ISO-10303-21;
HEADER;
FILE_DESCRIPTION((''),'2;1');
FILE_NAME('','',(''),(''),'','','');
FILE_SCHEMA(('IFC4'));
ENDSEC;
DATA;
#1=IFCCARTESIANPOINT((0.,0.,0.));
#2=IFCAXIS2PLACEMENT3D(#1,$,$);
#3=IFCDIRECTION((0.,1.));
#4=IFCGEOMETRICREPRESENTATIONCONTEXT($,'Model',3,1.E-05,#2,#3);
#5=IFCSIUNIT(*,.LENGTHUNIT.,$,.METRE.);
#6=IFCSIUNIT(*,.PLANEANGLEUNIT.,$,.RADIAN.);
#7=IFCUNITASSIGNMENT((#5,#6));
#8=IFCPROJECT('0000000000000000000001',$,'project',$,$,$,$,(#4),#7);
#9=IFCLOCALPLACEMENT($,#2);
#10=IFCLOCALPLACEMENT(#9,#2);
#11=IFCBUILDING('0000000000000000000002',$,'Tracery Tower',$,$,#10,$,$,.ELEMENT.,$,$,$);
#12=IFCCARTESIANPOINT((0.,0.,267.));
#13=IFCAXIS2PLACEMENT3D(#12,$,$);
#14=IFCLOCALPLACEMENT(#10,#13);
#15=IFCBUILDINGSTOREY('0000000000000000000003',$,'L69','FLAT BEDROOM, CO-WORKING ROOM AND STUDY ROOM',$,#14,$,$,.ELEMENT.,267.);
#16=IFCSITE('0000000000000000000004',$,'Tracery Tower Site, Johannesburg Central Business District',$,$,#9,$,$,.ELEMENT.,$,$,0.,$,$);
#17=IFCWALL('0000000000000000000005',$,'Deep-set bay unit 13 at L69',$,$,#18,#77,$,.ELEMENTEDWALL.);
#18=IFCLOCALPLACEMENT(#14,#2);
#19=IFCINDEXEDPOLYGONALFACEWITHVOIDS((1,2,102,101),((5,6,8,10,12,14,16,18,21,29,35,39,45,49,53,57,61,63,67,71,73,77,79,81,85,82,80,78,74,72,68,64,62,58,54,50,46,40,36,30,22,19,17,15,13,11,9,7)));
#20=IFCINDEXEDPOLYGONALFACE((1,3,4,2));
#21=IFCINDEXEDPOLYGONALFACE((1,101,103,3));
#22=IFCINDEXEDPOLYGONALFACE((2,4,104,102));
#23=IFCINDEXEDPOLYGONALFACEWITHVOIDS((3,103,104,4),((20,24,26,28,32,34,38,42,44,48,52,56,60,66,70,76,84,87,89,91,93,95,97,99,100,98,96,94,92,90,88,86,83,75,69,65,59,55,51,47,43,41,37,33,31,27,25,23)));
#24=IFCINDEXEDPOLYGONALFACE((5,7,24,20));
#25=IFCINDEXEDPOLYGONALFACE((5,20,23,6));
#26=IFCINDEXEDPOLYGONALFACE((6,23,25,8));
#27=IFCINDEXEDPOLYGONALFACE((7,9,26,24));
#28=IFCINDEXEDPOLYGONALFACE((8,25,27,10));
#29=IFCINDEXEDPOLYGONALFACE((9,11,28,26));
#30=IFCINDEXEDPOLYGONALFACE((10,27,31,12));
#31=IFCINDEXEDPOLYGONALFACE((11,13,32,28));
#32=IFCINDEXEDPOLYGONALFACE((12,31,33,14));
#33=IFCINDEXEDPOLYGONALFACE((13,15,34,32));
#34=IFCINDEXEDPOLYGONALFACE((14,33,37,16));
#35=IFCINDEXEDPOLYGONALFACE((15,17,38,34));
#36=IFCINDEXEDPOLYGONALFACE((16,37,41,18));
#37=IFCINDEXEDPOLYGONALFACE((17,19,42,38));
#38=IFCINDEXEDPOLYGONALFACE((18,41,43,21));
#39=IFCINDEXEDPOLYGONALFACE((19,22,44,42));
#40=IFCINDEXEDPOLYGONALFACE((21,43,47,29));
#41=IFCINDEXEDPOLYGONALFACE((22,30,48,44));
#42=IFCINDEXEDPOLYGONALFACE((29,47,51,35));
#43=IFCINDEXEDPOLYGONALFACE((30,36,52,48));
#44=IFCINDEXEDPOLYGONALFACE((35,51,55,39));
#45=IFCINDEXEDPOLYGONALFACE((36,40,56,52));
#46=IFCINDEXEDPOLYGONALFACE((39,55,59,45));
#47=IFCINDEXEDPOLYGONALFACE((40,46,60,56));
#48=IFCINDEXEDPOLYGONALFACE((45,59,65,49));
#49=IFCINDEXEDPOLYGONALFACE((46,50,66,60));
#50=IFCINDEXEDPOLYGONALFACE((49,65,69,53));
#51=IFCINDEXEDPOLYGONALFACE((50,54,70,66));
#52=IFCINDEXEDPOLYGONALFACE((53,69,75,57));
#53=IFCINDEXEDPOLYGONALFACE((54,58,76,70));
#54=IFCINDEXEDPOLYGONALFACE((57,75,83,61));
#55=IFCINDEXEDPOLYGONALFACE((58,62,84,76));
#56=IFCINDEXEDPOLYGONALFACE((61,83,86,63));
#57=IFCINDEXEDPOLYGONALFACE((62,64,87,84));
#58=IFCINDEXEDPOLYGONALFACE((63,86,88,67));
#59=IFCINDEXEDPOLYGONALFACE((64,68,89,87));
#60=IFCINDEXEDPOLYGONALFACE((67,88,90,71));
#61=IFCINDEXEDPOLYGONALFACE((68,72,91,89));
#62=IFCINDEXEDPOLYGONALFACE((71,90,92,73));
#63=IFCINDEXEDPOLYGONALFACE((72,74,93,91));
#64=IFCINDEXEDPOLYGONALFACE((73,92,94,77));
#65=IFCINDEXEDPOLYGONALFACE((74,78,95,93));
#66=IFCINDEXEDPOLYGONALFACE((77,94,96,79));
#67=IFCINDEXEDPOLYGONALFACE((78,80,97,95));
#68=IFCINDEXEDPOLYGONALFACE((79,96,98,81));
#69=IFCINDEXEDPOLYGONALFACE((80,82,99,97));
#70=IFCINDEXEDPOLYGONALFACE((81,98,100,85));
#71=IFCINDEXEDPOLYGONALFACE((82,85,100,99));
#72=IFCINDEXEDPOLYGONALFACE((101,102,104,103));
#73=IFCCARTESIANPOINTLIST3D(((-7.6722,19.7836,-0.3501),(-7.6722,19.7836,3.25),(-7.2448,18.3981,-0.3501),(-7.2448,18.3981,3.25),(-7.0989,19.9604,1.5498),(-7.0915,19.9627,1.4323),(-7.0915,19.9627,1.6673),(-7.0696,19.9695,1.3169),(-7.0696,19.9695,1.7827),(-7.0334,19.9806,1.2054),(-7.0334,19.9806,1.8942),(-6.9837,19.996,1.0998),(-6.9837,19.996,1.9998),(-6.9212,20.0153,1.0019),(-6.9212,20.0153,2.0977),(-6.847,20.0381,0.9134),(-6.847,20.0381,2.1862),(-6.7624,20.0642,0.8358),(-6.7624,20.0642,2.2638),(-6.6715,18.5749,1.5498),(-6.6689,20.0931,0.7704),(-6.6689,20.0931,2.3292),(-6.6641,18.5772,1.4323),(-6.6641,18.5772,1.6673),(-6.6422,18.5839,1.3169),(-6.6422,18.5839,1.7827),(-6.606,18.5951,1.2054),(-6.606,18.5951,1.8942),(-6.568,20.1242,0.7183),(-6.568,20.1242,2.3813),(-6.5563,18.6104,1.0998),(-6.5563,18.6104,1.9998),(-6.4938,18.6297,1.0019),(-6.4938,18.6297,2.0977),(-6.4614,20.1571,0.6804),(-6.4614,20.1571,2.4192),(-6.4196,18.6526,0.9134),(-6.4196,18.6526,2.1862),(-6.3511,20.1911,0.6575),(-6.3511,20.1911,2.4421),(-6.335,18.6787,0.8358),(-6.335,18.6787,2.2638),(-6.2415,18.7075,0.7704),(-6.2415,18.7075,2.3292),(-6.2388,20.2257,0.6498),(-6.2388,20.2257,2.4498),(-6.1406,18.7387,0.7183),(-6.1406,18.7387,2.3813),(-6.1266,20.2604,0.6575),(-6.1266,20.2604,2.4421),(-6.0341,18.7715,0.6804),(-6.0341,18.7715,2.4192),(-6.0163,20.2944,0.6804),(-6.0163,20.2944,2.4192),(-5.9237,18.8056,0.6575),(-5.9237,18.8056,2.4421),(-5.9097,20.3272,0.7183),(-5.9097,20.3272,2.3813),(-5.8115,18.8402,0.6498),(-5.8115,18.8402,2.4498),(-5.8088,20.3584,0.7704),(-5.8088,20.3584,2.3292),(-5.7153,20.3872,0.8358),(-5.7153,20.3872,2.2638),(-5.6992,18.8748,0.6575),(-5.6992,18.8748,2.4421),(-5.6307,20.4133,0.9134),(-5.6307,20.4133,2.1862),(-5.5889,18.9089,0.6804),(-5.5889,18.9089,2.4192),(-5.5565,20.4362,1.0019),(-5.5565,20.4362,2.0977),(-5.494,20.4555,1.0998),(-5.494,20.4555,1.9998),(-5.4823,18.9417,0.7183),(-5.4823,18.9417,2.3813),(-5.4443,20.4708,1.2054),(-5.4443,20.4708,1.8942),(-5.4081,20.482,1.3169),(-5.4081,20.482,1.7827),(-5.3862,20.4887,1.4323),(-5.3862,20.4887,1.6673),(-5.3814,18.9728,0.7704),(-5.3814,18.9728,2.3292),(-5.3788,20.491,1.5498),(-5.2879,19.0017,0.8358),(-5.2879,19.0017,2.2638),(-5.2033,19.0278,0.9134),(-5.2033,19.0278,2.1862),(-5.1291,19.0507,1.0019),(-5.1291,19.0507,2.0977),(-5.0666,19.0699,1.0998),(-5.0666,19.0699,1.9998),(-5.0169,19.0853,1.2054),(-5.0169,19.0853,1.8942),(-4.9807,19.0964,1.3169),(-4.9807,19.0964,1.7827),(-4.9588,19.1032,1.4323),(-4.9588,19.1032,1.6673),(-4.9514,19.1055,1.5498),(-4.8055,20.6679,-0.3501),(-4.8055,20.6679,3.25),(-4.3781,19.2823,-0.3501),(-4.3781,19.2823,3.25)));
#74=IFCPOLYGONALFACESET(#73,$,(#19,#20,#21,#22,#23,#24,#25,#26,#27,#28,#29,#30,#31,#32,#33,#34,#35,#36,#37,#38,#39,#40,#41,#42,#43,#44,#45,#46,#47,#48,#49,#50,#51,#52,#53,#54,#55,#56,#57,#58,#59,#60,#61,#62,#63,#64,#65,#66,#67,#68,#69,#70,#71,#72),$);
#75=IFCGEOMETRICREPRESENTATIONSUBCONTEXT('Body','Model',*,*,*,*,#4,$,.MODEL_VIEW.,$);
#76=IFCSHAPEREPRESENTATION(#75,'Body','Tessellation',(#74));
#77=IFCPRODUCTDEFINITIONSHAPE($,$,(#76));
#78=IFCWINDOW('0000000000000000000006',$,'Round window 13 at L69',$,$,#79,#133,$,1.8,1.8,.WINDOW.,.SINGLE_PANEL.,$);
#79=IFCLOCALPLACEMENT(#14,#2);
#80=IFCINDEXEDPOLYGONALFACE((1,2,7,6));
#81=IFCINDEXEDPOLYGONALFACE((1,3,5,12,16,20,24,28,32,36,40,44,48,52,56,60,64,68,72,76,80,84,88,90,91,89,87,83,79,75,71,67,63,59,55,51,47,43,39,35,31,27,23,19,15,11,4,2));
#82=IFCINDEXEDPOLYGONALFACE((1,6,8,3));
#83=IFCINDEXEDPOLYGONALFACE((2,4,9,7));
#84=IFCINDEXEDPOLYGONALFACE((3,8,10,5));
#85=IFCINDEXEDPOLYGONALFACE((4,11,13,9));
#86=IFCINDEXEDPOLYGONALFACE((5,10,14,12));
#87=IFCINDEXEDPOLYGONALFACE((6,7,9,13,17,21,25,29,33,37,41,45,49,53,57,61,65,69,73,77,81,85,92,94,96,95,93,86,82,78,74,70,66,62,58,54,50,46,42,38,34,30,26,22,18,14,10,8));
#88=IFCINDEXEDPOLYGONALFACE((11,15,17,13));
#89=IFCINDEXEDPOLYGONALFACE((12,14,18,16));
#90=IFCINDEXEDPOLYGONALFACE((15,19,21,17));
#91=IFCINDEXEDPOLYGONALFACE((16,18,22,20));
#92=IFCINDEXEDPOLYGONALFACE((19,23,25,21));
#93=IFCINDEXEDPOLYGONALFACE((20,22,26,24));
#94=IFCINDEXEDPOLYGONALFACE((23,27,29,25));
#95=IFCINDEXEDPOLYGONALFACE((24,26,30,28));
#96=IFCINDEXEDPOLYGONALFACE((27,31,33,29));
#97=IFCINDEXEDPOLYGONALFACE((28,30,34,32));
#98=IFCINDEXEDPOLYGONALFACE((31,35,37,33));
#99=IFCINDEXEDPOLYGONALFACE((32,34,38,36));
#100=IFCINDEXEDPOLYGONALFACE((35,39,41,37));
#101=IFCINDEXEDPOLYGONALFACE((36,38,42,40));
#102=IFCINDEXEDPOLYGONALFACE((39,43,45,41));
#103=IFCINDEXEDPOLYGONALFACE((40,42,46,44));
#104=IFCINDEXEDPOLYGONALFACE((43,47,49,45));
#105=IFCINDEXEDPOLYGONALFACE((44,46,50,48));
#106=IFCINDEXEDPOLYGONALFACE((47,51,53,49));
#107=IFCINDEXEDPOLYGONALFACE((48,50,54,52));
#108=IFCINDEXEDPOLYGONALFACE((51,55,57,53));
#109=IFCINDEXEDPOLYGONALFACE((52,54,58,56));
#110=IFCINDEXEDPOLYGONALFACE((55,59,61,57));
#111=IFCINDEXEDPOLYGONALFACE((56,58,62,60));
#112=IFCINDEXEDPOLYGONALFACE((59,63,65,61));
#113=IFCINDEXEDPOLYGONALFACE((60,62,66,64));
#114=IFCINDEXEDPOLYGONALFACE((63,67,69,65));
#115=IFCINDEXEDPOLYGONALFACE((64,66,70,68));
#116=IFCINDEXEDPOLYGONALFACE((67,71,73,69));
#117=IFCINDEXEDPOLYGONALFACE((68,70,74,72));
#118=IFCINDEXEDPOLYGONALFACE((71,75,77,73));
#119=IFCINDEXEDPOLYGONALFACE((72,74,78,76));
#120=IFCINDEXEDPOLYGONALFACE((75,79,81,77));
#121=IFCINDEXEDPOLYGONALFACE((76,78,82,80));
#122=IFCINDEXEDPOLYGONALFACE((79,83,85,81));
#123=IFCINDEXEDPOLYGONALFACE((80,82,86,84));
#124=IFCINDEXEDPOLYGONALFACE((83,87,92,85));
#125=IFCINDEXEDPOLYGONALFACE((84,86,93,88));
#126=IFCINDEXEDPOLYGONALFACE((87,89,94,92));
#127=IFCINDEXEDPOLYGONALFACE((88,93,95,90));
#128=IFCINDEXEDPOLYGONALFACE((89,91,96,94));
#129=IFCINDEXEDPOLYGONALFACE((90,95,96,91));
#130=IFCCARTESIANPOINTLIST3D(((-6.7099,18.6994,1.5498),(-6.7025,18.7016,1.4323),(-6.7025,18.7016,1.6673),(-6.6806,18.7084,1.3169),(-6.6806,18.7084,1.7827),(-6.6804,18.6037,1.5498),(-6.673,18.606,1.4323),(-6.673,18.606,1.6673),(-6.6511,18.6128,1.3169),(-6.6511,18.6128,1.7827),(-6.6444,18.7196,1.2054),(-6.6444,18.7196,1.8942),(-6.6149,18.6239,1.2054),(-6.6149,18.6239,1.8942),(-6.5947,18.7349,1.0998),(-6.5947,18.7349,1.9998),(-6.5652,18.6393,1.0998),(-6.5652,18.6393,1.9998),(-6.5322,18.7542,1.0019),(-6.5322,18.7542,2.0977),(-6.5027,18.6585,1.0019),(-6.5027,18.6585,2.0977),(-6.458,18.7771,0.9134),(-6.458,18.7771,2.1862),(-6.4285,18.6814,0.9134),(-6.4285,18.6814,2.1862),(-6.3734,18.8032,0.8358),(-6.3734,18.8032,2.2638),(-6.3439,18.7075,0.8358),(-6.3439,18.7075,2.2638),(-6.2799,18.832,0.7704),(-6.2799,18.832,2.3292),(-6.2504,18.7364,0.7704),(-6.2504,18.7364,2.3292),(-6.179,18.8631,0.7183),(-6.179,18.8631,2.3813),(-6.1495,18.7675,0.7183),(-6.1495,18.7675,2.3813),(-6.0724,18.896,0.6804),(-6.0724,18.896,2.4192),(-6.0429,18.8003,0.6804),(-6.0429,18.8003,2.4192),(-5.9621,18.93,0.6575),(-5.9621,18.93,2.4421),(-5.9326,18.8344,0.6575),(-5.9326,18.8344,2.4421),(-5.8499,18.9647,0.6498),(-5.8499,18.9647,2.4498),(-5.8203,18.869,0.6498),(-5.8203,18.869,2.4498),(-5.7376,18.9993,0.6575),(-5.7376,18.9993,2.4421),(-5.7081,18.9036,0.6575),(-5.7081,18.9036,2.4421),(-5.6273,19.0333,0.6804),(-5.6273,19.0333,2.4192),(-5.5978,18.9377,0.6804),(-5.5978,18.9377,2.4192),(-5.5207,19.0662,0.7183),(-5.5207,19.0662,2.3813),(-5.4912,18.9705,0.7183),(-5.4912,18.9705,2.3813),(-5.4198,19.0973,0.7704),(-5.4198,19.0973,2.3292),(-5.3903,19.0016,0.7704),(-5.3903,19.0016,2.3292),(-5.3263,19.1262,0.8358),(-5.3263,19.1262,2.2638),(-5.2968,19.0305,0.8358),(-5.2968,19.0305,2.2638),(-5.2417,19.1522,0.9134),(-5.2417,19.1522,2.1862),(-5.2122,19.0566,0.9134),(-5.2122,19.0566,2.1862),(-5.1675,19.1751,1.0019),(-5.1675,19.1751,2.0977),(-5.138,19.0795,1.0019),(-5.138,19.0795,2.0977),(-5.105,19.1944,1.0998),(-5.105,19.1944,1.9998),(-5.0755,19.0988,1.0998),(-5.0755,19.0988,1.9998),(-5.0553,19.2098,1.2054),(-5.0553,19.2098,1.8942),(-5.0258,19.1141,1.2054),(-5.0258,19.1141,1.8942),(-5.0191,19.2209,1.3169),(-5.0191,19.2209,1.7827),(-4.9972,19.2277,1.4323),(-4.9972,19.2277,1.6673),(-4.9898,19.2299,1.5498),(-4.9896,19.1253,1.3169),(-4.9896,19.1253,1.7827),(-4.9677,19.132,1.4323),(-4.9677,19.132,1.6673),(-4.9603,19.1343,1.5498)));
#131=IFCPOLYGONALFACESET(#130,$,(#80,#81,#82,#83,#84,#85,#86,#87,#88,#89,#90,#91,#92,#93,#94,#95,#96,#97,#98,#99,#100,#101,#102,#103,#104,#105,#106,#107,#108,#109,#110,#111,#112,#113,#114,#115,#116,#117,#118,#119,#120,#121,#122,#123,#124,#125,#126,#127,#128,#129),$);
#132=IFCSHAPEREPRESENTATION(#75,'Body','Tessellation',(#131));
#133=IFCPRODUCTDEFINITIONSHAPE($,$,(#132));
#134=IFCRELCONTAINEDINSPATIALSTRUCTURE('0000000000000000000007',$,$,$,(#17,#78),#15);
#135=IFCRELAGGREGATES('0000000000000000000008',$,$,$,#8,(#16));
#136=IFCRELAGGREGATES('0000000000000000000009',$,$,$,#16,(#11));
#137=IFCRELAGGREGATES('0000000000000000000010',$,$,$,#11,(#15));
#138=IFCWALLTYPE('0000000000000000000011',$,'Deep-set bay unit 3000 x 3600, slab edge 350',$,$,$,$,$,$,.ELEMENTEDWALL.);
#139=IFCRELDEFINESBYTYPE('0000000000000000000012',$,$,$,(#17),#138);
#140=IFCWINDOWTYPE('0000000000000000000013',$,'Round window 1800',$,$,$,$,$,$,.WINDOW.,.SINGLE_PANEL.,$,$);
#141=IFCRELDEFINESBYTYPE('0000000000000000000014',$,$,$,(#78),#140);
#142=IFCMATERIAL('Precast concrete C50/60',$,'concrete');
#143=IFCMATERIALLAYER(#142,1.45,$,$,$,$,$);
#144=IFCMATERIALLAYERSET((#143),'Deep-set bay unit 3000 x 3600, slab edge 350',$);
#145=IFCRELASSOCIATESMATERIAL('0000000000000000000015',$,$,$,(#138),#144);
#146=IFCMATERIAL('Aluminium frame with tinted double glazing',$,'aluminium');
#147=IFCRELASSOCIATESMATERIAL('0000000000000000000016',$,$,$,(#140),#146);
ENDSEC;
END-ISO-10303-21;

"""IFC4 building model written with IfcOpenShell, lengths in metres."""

from ifc_helpers import new_model, si_unit, direction, frame, frame_2d, origin, origin_2d, place, context, subcontext, project, spatial, rectangle, circle, extrude, material, layer, layer_set, type_object, element, fill, save


model = new_model("IFC4")

# Units and contexts
model_context = context("Model", 3, precision=1e-05, world=origin(), true_north=direction((0.0, 1.0)))
body_context = subcontext(model_context, "Body", "Model", "MODEL_VIEW")
ifc_project = project(units=[si_unit("LENGTHUNIT", "METRE"), si_unit("PLANEANGLEUNIT", "RADIAN")], contexts=[model_context])

# Site, building, storey
site_placement = place(None, origin())
site = spatial("IfcSite", under=ifc_project, at=site_placement, Name="Tracery Tower Site, Johannesburg Central Business District", CompositionType="ELEMENT", RefElevation=0.0)
building_placement = place(site_placement, origin())
building = spatial("IfcBuilding", under=site, at=building_placement, Name="Tracery Tower", CompositionType="ELEMENT")
storey_placement = place(building_placement, frame((0.0, 0.0, 267.0)))
storey = spatial("IfcBuildingStorey", under=building, at=storey_placement, Name="L69", Description="FLAT BEDROOM, CO-WORKING ROOM AND STUDY ROOM", CompositionType="ELEMENT", Elevation=267.0)

# Wall, opening, window
ifc_material_1 = material(Name="Precast concrete C50/60", Category="concrete")
ifc_layer_1 = layer(ifc_material_1, 1.45)
ifc_layer_set_1 = layer_set([ifc_layer_1], Name="Deep-set bay unit 3000 x 3600, slab edge 350")
wall_type_1 = type_object("IfcWallType", Name="Deep-set bay unit 3000 x 3600, slab edge 350", PredefinedType="ELEMENTEDWALL", material=ifc_layer_set_1)
wall_1_placement = place(storey_placement, frame((-4.5918, 19.9751, -0.3501), z_axis=(0.0, 0.0, 1.0), x_axis=(-0.955571, -0.294761, 0.0)))
wall_1 = element("IfcWall", 1, at=wall_1_placement, inside=storey, type_object=wall_type_1, Name="Deep-set bay unit 13 at L69", PredefinedType="ELEMENTEDWALL", context=body_context, shape_type="SweptSolid", body=[
    extrude(rectangle(XDim=3.0, YDim=1.45, at=frame_2d((1.5, 0.0))), origin(), (0.0, 0.0, 1.0), 3.6001),
])
opening_1_placement = place(wall_1_placement, frame((1.5, 0.0, 1.8999)))
opening_1 = element("IfcOpeningElement", 2, at=opening_1_placement, cuts=wall_1, PredefinedType="OPENING", context=body_context, shape_type="SweptSolid", body=[
    extrude(circle(Radius=0.9, at=origin_2d()), frame((0.0, 0.7349, 0.0), z_axis=(0.0, -1.0, 0.0), x_axis=(1.0, 0.0, 0.0)), (0.0, 0.0, 1.0), 1.47),
])
ifc_material_2 = material(Name="Aluminium frame with tinted double glazing", Category="aluminium")
window_type = type_object("IfcWindowType", Name="Round window 1800", PartitioningType="SINGLE_PANEL", PredefinedType="WINDOW", material=ifc_material_2)
window_1_placement = place(opening_1_placement, origin())
window_1 = element("IfcWindow", 3, at=window_1_placement, inside=storey, type_object=window_type, Name="Round window 13 at L69", OverallHeight=1.8, OverallWidth=1.8, PartitioningType="SINGLE_PANEL", PredefinedType="WINDOW", context=body_context, shape_type="SweptSolid", body=[
    extrude(circle(Radius=0.9, at=origin_2d()), frame((0.0, 0.6948, 0.0), z_axis=(0.0, -1.0, 0.0), x_axis=(1.0, 0.0, 0.0)), (0.0, 0.0, 1.0), 0.1001),
])
fill(opening_1, window_1)

save(model, "model.ifc")
